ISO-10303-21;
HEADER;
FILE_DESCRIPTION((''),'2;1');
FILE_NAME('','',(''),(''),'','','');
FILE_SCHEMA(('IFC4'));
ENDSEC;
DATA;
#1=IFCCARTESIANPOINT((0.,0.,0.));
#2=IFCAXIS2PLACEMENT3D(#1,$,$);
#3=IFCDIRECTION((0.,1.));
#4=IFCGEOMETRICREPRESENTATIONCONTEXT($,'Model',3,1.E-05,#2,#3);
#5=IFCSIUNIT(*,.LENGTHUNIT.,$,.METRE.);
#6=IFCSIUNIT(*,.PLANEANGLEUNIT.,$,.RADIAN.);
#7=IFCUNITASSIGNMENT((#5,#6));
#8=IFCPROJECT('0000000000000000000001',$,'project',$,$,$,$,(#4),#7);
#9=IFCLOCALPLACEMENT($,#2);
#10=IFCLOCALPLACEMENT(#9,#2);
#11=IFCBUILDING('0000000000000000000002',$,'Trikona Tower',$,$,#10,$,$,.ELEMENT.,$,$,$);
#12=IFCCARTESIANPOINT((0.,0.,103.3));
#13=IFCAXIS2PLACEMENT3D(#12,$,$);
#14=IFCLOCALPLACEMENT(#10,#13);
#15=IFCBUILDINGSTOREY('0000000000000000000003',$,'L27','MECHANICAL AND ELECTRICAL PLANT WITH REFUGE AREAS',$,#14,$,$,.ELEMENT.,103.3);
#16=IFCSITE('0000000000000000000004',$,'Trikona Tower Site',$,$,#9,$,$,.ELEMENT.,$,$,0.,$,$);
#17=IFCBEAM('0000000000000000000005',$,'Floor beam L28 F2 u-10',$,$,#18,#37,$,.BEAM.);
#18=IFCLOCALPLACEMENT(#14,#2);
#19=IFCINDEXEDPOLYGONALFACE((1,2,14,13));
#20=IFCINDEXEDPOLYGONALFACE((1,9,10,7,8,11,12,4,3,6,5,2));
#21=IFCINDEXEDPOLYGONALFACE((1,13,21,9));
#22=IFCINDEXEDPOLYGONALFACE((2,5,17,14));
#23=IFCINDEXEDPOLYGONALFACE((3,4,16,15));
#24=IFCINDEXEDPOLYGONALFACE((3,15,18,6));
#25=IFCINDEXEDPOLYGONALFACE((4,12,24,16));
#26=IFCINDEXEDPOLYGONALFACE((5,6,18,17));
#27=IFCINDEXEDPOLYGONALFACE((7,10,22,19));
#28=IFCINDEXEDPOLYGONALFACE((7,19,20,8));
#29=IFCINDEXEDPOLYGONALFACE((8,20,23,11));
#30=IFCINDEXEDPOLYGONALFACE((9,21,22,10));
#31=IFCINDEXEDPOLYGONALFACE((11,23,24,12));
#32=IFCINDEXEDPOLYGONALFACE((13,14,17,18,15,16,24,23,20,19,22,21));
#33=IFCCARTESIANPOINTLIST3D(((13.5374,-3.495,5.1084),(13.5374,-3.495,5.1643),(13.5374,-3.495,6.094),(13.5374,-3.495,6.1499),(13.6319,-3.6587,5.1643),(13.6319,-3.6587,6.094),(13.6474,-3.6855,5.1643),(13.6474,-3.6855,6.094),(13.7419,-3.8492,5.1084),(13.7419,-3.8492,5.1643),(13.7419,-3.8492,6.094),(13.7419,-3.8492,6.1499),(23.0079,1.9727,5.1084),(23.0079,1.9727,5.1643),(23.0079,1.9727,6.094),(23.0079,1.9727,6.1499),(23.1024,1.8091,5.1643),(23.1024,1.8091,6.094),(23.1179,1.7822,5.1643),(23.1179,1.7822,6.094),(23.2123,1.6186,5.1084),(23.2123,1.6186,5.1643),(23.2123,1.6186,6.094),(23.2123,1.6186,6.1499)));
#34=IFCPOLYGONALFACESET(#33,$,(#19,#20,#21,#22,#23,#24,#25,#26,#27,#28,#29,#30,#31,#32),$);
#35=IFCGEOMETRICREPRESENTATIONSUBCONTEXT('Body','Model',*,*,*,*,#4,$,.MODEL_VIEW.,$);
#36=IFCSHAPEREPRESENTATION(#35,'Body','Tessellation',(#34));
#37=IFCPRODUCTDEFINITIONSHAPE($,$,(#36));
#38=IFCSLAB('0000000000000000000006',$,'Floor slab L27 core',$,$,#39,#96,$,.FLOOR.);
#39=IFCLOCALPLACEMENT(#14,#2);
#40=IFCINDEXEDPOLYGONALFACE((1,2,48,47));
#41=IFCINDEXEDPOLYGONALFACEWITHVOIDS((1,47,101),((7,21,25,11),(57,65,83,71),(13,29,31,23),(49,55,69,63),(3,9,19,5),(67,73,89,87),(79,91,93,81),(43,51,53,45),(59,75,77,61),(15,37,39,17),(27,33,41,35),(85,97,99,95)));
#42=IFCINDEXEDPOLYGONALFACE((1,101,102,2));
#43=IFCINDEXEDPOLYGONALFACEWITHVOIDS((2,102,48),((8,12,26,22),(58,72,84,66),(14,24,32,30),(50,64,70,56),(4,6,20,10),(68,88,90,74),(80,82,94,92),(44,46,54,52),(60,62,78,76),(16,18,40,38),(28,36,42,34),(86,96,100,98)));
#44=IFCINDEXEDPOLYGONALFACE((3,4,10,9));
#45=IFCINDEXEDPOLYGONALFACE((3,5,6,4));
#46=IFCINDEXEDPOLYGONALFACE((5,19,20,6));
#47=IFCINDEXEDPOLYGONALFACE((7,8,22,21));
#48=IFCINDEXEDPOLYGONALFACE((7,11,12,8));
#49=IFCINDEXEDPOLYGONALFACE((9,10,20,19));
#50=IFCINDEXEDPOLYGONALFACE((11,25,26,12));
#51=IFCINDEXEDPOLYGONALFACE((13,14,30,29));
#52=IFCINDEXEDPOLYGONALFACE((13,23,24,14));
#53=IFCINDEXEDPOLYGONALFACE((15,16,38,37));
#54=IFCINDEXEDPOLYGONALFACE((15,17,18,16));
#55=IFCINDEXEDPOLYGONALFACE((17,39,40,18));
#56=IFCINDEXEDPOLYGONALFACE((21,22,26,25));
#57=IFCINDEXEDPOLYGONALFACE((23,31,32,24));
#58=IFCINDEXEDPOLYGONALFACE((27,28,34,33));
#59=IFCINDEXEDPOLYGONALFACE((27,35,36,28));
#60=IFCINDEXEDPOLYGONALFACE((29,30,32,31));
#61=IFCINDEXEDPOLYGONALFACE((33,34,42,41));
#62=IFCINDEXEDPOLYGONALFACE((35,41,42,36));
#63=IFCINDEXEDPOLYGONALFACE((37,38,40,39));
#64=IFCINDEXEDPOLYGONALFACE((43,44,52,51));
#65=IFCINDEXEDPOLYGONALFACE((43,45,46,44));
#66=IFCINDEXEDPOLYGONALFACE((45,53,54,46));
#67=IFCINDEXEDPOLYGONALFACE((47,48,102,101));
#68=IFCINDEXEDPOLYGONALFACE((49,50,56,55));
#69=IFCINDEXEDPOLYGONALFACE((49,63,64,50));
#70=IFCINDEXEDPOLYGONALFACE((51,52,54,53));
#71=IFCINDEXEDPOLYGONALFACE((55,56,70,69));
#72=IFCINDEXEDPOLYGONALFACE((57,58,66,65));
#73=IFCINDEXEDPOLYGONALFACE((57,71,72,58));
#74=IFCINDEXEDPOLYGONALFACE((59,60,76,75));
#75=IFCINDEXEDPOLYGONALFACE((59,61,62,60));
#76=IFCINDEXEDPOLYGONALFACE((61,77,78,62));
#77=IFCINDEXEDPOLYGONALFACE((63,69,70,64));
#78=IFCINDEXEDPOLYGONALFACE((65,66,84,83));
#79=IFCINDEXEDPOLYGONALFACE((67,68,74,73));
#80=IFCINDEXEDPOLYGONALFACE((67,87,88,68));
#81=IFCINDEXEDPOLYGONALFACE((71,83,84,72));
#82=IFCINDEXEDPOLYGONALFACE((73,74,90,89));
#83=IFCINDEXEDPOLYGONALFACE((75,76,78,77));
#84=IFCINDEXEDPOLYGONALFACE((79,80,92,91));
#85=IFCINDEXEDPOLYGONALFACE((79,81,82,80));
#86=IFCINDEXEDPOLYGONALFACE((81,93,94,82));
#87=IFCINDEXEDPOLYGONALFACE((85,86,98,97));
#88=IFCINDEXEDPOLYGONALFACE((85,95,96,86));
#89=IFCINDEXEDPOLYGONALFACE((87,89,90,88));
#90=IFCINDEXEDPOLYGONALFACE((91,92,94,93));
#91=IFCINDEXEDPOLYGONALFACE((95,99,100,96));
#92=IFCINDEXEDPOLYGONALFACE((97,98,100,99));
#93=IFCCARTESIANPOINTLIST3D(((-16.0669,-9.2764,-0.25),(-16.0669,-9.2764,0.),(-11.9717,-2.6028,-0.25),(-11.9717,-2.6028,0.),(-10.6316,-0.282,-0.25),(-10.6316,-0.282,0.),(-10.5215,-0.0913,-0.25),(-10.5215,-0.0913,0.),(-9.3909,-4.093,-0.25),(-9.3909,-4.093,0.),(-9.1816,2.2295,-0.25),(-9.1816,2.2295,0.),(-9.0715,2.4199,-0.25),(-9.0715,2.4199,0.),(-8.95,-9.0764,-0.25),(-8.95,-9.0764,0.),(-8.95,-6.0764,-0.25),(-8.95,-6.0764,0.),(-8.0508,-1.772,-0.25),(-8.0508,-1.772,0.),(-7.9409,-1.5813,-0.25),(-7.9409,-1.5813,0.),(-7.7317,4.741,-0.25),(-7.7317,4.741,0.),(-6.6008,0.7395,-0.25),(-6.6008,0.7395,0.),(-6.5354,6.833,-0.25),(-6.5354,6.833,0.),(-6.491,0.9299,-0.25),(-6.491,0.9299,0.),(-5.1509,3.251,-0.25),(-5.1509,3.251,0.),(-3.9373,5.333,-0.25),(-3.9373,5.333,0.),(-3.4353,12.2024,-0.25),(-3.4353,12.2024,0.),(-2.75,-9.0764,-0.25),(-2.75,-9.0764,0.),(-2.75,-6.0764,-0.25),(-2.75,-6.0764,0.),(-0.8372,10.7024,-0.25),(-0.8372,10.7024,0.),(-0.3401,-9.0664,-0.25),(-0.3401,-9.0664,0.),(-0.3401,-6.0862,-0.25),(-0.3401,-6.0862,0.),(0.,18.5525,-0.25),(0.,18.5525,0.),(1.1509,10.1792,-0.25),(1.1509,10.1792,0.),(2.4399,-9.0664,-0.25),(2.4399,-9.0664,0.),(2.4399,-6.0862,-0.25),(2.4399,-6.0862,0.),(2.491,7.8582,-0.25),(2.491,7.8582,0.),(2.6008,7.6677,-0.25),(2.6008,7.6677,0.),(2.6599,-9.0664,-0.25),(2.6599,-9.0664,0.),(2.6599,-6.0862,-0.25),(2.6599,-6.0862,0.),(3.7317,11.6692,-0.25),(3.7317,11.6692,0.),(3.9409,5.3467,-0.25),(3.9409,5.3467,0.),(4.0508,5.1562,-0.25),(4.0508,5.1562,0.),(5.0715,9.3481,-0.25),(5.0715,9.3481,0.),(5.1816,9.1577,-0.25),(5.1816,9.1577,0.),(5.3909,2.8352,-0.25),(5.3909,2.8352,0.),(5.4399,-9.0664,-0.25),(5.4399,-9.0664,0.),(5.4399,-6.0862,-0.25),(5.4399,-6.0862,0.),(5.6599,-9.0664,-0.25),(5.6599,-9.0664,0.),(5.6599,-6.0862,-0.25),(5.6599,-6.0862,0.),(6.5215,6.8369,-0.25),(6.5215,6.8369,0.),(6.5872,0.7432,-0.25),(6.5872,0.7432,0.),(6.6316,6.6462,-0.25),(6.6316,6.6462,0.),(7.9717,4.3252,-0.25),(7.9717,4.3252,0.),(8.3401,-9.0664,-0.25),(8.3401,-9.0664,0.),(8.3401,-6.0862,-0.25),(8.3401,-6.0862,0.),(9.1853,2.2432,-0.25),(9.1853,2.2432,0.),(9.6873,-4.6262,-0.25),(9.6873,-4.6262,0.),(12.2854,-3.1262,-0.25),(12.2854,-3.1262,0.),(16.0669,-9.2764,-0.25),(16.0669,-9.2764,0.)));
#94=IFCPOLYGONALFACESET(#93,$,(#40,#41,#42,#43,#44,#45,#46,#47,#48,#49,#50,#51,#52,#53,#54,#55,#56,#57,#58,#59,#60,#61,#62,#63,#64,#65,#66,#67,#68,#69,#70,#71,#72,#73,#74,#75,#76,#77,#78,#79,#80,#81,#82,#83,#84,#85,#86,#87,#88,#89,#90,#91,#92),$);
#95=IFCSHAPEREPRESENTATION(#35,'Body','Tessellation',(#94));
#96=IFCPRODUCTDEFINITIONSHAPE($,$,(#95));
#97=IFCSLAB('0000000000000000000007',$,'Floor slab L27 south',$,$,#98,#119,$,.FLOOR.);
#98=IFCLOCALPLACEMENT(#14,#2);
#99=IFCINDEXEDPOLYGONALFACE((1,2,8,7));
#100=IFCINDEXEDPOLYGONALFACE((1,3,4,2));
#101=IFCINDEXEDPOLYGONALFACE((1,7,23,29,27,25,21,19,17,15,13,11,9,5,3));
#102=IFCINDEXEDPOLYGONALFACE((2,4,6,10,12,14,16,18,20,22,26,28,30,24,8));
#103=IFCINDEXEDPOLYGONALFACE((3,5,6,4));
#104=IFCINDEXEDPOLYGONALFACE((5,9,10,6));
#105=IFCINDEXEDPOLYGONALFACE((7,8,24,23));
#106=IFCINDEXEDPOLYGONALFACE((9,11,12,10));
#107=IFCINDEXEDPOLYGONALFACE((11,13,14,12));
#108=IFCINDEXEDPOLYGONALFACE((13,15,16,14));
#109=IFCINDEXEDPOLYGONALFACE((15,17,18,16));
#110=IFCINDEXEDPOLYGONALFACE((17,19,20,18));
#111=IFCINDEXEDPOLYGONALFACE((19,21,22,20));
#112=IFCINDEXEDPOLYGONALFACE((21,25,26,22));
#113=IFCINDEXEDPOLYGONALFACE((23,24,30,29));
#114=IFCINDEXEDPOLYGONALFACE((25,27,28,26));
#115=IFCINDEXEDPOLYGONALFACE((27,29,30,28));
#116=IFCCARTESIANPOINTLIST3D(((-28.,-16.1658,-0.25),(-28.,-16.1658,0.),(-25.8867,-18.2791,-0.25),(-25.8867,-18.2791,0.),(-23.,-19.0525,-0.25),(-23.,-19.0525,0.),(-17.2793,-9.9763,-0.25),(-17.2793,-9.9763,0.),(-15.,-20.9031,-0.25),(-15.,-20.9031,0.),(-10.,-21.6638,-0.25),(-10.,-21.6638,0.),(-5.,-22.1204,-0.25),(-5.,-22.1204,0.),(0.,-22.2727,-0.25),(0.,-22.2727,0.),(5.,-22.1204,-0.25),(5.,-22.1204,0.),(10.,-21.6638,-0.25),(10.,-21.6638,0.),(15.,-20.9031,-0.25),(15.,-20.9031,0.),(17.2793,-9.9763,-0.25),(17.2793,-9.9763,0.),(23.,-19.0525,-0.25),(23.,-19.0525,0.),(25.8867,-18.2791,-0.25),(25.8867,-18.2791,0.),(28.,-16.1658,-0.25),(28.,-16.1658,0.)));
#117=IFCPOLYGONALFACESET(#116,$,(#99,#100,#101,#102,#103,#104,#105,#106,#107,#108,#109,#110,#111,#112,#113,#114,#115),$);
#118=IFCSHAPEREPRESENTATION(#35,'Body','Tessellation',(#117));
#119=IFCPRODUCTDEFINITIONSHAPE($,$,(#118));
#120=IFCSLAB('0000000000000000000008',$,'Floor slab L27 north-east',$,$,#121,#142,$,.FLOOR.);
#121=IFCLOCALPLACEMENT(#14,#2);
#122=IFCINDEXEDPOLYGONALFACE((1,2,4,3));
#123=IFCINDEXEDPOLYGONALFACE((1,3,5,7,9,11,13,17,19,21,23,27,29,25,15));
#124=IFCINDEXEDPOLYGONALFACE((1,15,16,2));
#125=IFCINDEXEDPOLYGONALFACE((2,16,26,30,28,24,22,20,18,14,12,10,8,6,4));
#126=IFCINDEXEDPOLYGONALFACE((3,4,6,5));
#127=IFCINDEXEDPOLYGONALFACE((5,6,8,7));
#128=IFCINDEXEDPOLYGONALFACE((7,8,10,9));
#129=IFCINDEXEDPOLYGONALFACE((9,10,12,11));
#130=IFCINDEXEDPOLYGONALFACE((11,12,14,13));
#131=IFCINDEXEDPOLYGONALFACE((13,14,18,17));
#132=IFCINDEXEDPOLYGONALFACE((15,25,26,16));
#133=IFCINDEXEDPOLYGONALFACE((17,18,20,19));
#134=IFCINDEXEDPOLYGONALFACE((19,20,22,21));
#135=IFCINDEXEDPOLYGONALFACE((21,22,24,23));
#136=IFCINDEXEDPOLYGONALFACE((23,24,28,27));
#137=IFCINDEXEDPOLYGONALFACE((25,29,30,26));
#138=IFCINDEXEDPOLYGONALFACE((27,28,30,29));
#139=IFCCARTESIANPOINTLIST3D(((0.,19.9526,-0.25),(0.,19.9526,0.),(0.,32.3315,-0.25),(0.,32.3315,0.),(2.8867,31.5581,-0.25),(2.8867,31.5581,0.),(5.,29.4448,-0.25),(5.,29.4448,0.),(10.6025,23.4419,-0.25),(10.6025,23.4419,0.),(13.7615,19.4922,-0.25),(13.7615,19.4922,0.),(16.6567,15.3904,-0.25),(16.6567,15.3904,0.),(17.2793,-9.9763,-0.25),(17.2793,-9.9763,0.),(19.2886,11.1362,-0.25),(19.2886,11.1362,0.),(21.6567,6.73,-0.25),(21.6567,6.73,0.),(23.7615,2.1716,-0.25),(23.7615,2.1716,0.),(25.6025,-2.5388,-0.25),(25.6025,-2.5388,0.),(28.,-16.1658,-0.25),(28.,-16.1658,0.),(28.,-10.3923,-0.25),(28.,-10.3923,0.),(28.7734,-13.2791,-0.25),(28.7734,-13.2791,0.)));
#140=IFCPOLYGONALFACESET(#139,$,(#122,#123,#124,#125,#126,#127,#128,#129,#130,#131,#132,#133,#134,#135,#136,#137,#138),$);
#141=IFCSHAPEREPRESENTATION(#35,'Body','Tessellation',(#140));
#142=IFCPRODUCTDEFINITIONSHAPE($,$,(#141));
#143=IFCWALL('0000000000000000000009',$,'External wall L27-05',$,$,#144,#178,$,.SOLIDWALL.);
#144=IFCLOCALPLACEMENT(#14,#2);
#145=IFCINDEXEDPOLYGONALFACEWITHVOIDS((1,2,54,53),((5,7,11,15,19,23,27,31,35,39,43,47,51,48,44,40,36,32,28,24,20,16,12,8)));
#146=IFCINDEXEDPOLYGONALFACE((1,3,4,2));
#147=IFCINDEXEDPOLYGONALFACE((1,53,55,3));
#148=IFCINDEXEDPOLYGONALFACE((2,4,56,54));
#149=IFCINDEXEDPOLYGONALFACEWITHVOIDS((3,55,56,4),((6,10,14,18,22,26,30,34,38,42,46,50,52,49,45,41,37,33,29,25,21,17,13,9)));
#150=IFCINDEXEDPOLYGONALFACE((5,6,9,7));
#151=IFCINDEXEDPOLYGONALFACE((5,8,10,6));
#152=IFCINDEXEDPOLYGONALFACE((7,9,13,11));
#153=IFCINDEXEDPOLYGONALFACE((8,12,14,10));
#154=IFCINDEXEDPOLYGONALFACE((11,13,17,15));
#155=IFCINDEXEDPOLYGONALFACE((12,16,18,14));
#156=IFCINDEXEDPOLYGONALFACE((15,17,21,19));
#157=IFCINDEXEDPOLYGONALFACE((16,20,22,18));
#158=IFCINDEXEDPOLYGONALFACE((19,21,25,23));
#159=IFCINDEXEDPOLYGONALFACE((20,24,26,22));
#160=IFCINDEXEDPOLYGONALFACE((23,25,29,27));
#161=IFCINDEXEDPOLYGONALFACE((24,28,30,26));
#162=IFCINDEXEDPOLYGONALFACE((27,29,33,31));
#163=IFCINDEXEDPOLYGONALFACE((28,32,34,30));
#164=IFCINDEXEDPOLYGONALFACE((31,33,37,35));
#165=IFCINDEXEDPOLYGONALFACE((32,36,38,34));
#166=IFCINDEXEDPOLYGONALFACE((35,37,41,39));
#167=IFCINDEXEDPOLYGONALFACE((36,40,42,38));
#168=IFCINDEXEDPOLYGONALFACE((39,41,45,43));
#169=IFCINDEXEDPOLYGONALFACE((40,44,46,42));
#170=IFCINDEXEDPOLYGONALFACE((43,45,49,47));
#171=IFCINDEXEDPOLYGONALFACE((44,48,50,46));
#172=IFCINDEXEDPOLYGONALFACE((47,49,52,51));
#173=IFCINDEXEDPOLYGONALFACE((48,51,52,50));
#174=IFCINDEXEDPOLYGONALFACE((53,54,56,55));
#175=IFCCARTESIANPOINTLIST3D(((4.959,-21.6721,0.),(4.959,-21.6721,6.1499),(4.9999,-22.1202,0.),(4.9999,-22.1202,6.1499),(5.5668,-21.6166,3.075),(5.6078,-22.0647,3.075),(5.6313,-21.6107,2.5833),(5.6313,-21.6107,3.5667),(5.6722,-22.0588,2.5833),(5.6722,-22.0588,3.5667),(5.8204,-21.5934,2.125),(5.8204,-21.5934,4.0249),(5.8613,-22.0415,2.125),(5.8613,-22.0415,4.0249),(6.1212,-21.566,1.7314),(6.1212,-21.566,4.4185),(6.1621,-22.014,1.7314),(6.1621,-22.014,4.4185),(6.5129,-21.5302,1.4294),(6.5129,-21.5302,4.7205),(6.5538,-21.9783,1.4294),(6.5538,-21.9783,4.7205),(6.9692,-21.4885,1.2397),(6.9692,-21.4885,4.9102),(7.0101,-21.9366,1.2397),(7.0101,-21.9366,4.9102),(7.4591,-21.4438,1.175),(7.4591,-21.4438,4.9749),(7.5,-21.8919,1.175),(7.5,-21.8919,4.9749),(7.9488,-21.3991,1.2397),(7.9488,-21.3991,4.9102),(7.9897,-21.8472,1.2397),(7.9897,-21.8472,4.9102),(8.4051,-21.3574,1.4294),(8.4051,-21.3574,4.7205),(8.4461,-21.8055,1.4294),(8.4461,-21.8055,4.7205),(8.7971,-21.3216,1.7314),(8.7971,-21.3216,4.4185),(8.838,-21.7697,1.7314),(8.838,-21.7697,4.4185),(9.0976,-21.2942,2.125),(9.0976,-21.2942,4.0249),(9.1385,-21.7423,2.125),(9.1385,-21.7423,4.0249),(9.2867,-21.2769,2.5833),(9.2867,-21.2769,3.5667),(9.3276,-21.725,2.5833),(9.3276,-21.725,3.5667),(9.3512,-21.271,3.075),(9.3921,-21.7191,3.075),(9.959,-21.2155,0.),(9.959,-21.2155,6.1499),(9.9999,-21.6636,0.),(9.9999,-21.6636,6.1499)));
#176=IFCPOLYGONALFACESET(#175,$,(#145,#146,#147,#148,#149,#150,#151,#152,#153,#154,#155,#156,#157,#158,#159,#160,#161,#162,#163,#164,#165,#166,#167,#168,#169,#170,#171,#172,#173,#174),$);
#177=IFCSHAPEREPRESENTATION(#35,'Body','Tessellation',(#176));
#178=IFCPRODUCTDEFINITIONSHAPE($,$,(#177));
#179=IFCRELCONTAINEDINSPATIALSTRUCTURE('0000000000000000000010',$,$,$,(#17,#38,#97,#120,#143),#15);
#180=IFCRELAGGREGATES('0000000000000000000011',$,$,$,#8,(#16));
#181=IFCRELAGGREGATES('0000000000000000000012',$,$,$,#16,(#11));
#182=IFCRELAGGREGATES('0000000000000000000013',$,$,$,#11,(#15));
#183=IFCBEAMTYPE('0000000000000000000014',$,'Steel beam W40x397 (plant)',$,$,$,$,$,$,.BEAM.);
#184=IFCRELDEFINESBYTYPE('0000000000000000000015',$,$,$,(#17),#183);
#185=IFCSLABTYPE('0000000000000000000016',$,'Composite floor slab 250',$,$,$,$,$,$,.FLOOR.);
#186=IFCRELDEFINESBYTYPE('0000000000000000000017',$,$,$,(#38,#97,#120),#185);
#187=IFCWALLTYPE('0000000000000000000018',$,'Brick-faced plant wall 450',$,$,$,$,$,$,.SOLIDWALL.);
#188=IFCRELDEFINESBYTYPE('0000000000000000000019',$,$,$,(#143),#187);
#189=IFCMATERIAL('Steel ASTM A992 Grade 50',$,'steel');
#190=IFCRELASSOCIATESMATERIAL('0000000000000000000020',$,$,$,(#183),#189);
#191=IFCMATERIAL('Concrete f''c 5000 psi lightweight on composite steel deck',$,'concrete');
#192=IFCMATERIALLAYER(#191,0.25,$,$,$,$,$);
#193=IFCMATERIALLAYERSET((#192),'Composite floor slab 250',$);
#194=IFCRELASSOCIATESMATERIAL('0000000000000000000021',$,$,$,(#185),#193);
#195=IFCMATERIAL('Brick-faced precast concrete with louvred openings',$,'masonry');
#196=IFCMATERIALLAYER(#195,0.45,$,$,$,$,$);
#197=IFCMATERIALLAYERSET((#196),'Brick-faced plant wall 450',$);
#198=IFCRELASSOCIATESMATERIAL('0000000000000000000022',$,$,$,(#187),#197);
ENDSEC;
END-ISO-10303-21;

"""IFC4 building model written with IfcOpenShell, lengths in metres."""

from ifc_helpers import new_model, si_unit, direction, frame, origin, origin_2d, place, context, subcontext, project, spatial, polyline, i_section, outline, extrude, material, layer, layer_set, material_profile, profile_set, type_object, element, save


model = new_model("IFC4")

# Units and contexts
model_context = context("Model", 3, precision=1e-05, world=origin(), true_north=direction((0.0, 1.0)))
body_context = subcontext(model_context, "Body", "Model", "MODEL_VIEW")
ifc_project = project(units=[si_unit("LENGTHUNIT", "METRE"), si_unit("PLANEANGLEUNIT", "RADIAN")], contexts=[model_context])

# Site, building, storey
site_placement = place(None, origin())
site = spatial("IfcSite", under=ifc_project, at=site_placement, Name="Trikona Tower Site", CompositionType="ELEMENT", RefElevation=0.0)
building_placement = place(site_placement, origin())
building = spatial("IfcBuilding", under=site, at=building_placement, Name="Trikona Tower", CompositionType="ELEMENT")
storey_placement = place(building_placement, frame((0.0, 0.0, 103.3)))
storey = spatial("IfcBuildingStorey", under=building, at=storey_placement, Name="L27", Description="MECHANICAL AND ELECTRICAL PLANT WITH REFUGE AREAS", CompositionType="ELEMENT", Elevation=103.3)

# Beam
ifc_material_1 = material(Name="Steel ASTM A992 Grade 50", Category="steel")
ifc_material_profile_1 = material_profile(ifc_material_1, i_section(OverallWidth=0.4089, OverallDepth=1.0415, WebThickness=0.031, FlangeThickness=0.0559, at=origin_2d()), Name="W40X397")
ifc_profile_set_1 = profile_set([ifc_material_profile_1], Name="Steel ASTM A992 Grade 50")
beam_type_1 = type_object("IfcBeamType", Name="Steel beam W40x397 (plant)", PredefinedType="BEAM", material=ifc_profile_set_1)
beam_1_placement = place(storey_placement, frame((13.6396, -3.6721, 5.6292), z_axis=(0.866025, 0.5, 0.0), x_axis=(-0.5, 0.866025, 0.0)))
element("IfcBeam", 1, at=beam_1_placement, inside=storey, type_object=beam_type_1, Name="Floor beam L28 F2 u-10", PredefinedType="BEAM", context=body_context, shape_type="SweptSolid", body=[
    extrude(i_section(OverallWidth=0.4089, OverallDepth=1.0415, WebThickness=0.031, FlangeThickness=0.0559, at=origin_2d()), origin(), (0.0, 0.0, 1.0), 10.9355),
])

# Slabs
ifc_material_2 = material(Name="Concrete f'c 5000 psi lightweight on composite steel deck", Category="concrete")
ifc_layer_1 = layer(ifc_material_2, 0.25)
ifc_layer_set_1 = layer_set([ifc_layer_1], Name="Composite floor slab 250")
slab_type = type_object("IfcSlabType", Name="Composite floor slab 250", PredefinedType="FLOOR", material=ifc_layer_set_1)
slab_1_placement = place(storey_placement, frame((0.0, 0.0, -0.25)))
element("IfcSlab", 2, at=slab_1_placement, inside=storey, type_object=slab_type, Name="Floor slab L27 core", PredefinedType="FLOOR", context=body_context, shape_type="SweptSolid", body=[
    extrude(outline(polyline([(-16.0669, -9.2764), (16.0669, -9.2764), (0.0, 18.5525), (-16.0669, -9.2764)]), holes=[polyline([(12.2854, -3.1262), (9.1853, 2.2432), (6.5872, 0.7432), (9.6873, -4.6262), (12.2854, -3.1262)]), polyline([(8.3401, -9.0664), (8.3401, -6.0862), (5.6599, -6.0862), (5.6599, -9.0664), (8.3401, -9.0664)]), polyline([(5.3909, 2.8352), (7.9717, 4.3252), (6.6316, 6.6462), (4.0508, 5.1562), (5.3909, 2.8352)]), polyline([(2.6008, 7.6677), (3.9409, 5.3467), (6.5215, 6.8369), (5.1816, 9.1577), (2.6008, 7.6677)]), polyline([(5.4399, -6.0862), (2.6599, -6.0862), (2.6599, -9.0664), (5.4399, -9.0664), (5.4399, -6.0862)]), polyline([(3.7317, 11.6692), (1.1509, 10.1792), (2.491, 7.8582), (5.0715, 9.3481), (3.7317, 11.6692)]), polyline([(-0.3401, -6.0862), (-0.3401, -9.0664), (2.4399, -9.0664), (2.4399, -6.0862), (-0.3401, -6.0862)]), polyline([(-3.4353, 12.2024), (-6.5354, 6.833), (-3.9373, 5.333), (-0.8372, 10.7024), (-3.4353, 12.2024)]), polyline([(-8.95, -9.0764), (-2.75, -9.0764), (-2.75, -6.0764), (-8.95, -6.0764), (-8.95, -9.0764)]), polyline([(-5.1509, 3.251), (-7.7317, 4.741), (-9.0715, 2.4199), (-6.491, 0.9299), (-5.1509, 3.251)]), polyline([(-7.9409, -1.5813), (-6.6008, 0.7395), (-9.1816, 2.2295), (-10.5215, -0.0913), (-7.9409, -1.5813)]), polyline([(-11.9717, -2.6028), (-9.3909, -4.093), (-8.0508, -1.772), (-10.6316, -0.282), (-11.9717, -2.6028)])]), origin(), (0.0, 0.0, 1.0), 0.25),
])
slab_2_placement = place(storey_placement, frame((0.0, 0.0, -0.25)))
element("IfcSlab", 3, at=slab_2_placement, inside=storey, type_object=slab_type, Name="Floor slab L27 south", PredefinedType="FLOOR", context=body_context, shape_type="SweptSolid", body=[
    extrude(outline(polyline([(25.8867, -18.2791), (28.0, -16.1658), (17.2793, -9.9763), (-17.2793, -9.9763), (-28.0, -16.1658), (-25.8867, -18.2791), (-23.0, -19.0525), (-15.0, -20.9031), (-10.0, -21.6638), (-5.0, -22.1204), (0.0, -22.2727), (5.0, -22.1204), (10.0, -21.6638), (15.0, -20.9031), (23.0, -19.0525), (25.8867, -18.2791)])), origin(), (0.0, 0.0, 1.0), 0.25),
])
slab_3_placement = place(storey_placement, frame((0.0, 0.0, -0.25)))
element("IfcSlab", 4, at=slab_3_placement, inside=storey, type_object=slab_type, Name="Floor slab L27 north-east", PredefinedType="FLOOR", context=body_context, shape_type="SweptSolid", body=[
    extrude(outline(polyline([(2.8867, 31.5581), (0.0, 32.3315), (0.0, 19.9526), (17.2793, -9.9763), (28.0, -16.1658), (28.7734, -13.2791), (28.0, -10.3923), (25.6025, -2.5388), (23.7615, 2.1716), (21.6567, 6.73), (19.2886, 11.1362), (16.6567, 15.3904), (13.7615, 19.4922), (10.6025, 23.4419), (5.0, 29.4448), (2.8867, 31.5581)])), origin(), (0.0, 0.0, 1.0), 0.25),
])

# Wall
ifc_material_3 = material(Name="Brick-faced precast concrete with louvred openings", Category="masonry")
ifc_layer_2 = layer(ifc_material_3, 0.45)
ifc_layer_set_2 = layer_set([ifc_layer_2], Name="Brick-faced plant wall 450")
wall_type_1 = type_object("IfcWallType", Name="Brick-faced plant wall 450", PredefinedType="SOLIDWALL", material=ifc_layer_set_2)
wall_1_placement = place(storey_placement, frame((4.9795, -21.8962, 0.0), z_axis=(0.0, 0.0, 1.0), x_axis=(0.995857, 0.09093, 0.0)))
element("IfcWall", 5, at=wall_1_placement, inside=storey, type_object=wall_type_1, Name="External wall L27-05", PredefinedType="SOLIDWALL", context=body_context, shape_type="SweptSolid", body=[
    extrude(outline(polyline([(0.0, 0.0), (5.0208, 0.0), (5.0208, 6.1499), (0.0, 6.1499), (0.0, 0.0)]), holes=[polyline([(4.4104, 3.075), (4.3457, 3.5667), (4.1558, 4.0249), (3.854, 4.4185), (3.4604, 4.7205), (3.0022, 4.9102), (2.5105, 4.9749), (2.0186, 4.9102), (1.5603, 4.7205), (1.167, 4.4185), (0.865, 4.0249), (0.675, 3.5667), (0.6104, 3.075), (0.675, 2.5833), (0.865, 2.125), (1.167, 1.7314), (1.5603, 1.4294), (2.0186, 1.2397), (2.5105, 1.175), (3.0022, 1.2397), (3.4604, 1.4294), (3.854, 1.7314), (4.1558, 2.125), (4.3457, 2.5833), (4.4104, 3.075)])]), frame((0.0, 0.2251, 0.0), z_axis=(0.0, -1.0, 0.0), x_axis=(1.0, 0.0, 0.0)), (0.0, 0.0, 1.0), 0.45),
])

save(model, "model.ifc")
